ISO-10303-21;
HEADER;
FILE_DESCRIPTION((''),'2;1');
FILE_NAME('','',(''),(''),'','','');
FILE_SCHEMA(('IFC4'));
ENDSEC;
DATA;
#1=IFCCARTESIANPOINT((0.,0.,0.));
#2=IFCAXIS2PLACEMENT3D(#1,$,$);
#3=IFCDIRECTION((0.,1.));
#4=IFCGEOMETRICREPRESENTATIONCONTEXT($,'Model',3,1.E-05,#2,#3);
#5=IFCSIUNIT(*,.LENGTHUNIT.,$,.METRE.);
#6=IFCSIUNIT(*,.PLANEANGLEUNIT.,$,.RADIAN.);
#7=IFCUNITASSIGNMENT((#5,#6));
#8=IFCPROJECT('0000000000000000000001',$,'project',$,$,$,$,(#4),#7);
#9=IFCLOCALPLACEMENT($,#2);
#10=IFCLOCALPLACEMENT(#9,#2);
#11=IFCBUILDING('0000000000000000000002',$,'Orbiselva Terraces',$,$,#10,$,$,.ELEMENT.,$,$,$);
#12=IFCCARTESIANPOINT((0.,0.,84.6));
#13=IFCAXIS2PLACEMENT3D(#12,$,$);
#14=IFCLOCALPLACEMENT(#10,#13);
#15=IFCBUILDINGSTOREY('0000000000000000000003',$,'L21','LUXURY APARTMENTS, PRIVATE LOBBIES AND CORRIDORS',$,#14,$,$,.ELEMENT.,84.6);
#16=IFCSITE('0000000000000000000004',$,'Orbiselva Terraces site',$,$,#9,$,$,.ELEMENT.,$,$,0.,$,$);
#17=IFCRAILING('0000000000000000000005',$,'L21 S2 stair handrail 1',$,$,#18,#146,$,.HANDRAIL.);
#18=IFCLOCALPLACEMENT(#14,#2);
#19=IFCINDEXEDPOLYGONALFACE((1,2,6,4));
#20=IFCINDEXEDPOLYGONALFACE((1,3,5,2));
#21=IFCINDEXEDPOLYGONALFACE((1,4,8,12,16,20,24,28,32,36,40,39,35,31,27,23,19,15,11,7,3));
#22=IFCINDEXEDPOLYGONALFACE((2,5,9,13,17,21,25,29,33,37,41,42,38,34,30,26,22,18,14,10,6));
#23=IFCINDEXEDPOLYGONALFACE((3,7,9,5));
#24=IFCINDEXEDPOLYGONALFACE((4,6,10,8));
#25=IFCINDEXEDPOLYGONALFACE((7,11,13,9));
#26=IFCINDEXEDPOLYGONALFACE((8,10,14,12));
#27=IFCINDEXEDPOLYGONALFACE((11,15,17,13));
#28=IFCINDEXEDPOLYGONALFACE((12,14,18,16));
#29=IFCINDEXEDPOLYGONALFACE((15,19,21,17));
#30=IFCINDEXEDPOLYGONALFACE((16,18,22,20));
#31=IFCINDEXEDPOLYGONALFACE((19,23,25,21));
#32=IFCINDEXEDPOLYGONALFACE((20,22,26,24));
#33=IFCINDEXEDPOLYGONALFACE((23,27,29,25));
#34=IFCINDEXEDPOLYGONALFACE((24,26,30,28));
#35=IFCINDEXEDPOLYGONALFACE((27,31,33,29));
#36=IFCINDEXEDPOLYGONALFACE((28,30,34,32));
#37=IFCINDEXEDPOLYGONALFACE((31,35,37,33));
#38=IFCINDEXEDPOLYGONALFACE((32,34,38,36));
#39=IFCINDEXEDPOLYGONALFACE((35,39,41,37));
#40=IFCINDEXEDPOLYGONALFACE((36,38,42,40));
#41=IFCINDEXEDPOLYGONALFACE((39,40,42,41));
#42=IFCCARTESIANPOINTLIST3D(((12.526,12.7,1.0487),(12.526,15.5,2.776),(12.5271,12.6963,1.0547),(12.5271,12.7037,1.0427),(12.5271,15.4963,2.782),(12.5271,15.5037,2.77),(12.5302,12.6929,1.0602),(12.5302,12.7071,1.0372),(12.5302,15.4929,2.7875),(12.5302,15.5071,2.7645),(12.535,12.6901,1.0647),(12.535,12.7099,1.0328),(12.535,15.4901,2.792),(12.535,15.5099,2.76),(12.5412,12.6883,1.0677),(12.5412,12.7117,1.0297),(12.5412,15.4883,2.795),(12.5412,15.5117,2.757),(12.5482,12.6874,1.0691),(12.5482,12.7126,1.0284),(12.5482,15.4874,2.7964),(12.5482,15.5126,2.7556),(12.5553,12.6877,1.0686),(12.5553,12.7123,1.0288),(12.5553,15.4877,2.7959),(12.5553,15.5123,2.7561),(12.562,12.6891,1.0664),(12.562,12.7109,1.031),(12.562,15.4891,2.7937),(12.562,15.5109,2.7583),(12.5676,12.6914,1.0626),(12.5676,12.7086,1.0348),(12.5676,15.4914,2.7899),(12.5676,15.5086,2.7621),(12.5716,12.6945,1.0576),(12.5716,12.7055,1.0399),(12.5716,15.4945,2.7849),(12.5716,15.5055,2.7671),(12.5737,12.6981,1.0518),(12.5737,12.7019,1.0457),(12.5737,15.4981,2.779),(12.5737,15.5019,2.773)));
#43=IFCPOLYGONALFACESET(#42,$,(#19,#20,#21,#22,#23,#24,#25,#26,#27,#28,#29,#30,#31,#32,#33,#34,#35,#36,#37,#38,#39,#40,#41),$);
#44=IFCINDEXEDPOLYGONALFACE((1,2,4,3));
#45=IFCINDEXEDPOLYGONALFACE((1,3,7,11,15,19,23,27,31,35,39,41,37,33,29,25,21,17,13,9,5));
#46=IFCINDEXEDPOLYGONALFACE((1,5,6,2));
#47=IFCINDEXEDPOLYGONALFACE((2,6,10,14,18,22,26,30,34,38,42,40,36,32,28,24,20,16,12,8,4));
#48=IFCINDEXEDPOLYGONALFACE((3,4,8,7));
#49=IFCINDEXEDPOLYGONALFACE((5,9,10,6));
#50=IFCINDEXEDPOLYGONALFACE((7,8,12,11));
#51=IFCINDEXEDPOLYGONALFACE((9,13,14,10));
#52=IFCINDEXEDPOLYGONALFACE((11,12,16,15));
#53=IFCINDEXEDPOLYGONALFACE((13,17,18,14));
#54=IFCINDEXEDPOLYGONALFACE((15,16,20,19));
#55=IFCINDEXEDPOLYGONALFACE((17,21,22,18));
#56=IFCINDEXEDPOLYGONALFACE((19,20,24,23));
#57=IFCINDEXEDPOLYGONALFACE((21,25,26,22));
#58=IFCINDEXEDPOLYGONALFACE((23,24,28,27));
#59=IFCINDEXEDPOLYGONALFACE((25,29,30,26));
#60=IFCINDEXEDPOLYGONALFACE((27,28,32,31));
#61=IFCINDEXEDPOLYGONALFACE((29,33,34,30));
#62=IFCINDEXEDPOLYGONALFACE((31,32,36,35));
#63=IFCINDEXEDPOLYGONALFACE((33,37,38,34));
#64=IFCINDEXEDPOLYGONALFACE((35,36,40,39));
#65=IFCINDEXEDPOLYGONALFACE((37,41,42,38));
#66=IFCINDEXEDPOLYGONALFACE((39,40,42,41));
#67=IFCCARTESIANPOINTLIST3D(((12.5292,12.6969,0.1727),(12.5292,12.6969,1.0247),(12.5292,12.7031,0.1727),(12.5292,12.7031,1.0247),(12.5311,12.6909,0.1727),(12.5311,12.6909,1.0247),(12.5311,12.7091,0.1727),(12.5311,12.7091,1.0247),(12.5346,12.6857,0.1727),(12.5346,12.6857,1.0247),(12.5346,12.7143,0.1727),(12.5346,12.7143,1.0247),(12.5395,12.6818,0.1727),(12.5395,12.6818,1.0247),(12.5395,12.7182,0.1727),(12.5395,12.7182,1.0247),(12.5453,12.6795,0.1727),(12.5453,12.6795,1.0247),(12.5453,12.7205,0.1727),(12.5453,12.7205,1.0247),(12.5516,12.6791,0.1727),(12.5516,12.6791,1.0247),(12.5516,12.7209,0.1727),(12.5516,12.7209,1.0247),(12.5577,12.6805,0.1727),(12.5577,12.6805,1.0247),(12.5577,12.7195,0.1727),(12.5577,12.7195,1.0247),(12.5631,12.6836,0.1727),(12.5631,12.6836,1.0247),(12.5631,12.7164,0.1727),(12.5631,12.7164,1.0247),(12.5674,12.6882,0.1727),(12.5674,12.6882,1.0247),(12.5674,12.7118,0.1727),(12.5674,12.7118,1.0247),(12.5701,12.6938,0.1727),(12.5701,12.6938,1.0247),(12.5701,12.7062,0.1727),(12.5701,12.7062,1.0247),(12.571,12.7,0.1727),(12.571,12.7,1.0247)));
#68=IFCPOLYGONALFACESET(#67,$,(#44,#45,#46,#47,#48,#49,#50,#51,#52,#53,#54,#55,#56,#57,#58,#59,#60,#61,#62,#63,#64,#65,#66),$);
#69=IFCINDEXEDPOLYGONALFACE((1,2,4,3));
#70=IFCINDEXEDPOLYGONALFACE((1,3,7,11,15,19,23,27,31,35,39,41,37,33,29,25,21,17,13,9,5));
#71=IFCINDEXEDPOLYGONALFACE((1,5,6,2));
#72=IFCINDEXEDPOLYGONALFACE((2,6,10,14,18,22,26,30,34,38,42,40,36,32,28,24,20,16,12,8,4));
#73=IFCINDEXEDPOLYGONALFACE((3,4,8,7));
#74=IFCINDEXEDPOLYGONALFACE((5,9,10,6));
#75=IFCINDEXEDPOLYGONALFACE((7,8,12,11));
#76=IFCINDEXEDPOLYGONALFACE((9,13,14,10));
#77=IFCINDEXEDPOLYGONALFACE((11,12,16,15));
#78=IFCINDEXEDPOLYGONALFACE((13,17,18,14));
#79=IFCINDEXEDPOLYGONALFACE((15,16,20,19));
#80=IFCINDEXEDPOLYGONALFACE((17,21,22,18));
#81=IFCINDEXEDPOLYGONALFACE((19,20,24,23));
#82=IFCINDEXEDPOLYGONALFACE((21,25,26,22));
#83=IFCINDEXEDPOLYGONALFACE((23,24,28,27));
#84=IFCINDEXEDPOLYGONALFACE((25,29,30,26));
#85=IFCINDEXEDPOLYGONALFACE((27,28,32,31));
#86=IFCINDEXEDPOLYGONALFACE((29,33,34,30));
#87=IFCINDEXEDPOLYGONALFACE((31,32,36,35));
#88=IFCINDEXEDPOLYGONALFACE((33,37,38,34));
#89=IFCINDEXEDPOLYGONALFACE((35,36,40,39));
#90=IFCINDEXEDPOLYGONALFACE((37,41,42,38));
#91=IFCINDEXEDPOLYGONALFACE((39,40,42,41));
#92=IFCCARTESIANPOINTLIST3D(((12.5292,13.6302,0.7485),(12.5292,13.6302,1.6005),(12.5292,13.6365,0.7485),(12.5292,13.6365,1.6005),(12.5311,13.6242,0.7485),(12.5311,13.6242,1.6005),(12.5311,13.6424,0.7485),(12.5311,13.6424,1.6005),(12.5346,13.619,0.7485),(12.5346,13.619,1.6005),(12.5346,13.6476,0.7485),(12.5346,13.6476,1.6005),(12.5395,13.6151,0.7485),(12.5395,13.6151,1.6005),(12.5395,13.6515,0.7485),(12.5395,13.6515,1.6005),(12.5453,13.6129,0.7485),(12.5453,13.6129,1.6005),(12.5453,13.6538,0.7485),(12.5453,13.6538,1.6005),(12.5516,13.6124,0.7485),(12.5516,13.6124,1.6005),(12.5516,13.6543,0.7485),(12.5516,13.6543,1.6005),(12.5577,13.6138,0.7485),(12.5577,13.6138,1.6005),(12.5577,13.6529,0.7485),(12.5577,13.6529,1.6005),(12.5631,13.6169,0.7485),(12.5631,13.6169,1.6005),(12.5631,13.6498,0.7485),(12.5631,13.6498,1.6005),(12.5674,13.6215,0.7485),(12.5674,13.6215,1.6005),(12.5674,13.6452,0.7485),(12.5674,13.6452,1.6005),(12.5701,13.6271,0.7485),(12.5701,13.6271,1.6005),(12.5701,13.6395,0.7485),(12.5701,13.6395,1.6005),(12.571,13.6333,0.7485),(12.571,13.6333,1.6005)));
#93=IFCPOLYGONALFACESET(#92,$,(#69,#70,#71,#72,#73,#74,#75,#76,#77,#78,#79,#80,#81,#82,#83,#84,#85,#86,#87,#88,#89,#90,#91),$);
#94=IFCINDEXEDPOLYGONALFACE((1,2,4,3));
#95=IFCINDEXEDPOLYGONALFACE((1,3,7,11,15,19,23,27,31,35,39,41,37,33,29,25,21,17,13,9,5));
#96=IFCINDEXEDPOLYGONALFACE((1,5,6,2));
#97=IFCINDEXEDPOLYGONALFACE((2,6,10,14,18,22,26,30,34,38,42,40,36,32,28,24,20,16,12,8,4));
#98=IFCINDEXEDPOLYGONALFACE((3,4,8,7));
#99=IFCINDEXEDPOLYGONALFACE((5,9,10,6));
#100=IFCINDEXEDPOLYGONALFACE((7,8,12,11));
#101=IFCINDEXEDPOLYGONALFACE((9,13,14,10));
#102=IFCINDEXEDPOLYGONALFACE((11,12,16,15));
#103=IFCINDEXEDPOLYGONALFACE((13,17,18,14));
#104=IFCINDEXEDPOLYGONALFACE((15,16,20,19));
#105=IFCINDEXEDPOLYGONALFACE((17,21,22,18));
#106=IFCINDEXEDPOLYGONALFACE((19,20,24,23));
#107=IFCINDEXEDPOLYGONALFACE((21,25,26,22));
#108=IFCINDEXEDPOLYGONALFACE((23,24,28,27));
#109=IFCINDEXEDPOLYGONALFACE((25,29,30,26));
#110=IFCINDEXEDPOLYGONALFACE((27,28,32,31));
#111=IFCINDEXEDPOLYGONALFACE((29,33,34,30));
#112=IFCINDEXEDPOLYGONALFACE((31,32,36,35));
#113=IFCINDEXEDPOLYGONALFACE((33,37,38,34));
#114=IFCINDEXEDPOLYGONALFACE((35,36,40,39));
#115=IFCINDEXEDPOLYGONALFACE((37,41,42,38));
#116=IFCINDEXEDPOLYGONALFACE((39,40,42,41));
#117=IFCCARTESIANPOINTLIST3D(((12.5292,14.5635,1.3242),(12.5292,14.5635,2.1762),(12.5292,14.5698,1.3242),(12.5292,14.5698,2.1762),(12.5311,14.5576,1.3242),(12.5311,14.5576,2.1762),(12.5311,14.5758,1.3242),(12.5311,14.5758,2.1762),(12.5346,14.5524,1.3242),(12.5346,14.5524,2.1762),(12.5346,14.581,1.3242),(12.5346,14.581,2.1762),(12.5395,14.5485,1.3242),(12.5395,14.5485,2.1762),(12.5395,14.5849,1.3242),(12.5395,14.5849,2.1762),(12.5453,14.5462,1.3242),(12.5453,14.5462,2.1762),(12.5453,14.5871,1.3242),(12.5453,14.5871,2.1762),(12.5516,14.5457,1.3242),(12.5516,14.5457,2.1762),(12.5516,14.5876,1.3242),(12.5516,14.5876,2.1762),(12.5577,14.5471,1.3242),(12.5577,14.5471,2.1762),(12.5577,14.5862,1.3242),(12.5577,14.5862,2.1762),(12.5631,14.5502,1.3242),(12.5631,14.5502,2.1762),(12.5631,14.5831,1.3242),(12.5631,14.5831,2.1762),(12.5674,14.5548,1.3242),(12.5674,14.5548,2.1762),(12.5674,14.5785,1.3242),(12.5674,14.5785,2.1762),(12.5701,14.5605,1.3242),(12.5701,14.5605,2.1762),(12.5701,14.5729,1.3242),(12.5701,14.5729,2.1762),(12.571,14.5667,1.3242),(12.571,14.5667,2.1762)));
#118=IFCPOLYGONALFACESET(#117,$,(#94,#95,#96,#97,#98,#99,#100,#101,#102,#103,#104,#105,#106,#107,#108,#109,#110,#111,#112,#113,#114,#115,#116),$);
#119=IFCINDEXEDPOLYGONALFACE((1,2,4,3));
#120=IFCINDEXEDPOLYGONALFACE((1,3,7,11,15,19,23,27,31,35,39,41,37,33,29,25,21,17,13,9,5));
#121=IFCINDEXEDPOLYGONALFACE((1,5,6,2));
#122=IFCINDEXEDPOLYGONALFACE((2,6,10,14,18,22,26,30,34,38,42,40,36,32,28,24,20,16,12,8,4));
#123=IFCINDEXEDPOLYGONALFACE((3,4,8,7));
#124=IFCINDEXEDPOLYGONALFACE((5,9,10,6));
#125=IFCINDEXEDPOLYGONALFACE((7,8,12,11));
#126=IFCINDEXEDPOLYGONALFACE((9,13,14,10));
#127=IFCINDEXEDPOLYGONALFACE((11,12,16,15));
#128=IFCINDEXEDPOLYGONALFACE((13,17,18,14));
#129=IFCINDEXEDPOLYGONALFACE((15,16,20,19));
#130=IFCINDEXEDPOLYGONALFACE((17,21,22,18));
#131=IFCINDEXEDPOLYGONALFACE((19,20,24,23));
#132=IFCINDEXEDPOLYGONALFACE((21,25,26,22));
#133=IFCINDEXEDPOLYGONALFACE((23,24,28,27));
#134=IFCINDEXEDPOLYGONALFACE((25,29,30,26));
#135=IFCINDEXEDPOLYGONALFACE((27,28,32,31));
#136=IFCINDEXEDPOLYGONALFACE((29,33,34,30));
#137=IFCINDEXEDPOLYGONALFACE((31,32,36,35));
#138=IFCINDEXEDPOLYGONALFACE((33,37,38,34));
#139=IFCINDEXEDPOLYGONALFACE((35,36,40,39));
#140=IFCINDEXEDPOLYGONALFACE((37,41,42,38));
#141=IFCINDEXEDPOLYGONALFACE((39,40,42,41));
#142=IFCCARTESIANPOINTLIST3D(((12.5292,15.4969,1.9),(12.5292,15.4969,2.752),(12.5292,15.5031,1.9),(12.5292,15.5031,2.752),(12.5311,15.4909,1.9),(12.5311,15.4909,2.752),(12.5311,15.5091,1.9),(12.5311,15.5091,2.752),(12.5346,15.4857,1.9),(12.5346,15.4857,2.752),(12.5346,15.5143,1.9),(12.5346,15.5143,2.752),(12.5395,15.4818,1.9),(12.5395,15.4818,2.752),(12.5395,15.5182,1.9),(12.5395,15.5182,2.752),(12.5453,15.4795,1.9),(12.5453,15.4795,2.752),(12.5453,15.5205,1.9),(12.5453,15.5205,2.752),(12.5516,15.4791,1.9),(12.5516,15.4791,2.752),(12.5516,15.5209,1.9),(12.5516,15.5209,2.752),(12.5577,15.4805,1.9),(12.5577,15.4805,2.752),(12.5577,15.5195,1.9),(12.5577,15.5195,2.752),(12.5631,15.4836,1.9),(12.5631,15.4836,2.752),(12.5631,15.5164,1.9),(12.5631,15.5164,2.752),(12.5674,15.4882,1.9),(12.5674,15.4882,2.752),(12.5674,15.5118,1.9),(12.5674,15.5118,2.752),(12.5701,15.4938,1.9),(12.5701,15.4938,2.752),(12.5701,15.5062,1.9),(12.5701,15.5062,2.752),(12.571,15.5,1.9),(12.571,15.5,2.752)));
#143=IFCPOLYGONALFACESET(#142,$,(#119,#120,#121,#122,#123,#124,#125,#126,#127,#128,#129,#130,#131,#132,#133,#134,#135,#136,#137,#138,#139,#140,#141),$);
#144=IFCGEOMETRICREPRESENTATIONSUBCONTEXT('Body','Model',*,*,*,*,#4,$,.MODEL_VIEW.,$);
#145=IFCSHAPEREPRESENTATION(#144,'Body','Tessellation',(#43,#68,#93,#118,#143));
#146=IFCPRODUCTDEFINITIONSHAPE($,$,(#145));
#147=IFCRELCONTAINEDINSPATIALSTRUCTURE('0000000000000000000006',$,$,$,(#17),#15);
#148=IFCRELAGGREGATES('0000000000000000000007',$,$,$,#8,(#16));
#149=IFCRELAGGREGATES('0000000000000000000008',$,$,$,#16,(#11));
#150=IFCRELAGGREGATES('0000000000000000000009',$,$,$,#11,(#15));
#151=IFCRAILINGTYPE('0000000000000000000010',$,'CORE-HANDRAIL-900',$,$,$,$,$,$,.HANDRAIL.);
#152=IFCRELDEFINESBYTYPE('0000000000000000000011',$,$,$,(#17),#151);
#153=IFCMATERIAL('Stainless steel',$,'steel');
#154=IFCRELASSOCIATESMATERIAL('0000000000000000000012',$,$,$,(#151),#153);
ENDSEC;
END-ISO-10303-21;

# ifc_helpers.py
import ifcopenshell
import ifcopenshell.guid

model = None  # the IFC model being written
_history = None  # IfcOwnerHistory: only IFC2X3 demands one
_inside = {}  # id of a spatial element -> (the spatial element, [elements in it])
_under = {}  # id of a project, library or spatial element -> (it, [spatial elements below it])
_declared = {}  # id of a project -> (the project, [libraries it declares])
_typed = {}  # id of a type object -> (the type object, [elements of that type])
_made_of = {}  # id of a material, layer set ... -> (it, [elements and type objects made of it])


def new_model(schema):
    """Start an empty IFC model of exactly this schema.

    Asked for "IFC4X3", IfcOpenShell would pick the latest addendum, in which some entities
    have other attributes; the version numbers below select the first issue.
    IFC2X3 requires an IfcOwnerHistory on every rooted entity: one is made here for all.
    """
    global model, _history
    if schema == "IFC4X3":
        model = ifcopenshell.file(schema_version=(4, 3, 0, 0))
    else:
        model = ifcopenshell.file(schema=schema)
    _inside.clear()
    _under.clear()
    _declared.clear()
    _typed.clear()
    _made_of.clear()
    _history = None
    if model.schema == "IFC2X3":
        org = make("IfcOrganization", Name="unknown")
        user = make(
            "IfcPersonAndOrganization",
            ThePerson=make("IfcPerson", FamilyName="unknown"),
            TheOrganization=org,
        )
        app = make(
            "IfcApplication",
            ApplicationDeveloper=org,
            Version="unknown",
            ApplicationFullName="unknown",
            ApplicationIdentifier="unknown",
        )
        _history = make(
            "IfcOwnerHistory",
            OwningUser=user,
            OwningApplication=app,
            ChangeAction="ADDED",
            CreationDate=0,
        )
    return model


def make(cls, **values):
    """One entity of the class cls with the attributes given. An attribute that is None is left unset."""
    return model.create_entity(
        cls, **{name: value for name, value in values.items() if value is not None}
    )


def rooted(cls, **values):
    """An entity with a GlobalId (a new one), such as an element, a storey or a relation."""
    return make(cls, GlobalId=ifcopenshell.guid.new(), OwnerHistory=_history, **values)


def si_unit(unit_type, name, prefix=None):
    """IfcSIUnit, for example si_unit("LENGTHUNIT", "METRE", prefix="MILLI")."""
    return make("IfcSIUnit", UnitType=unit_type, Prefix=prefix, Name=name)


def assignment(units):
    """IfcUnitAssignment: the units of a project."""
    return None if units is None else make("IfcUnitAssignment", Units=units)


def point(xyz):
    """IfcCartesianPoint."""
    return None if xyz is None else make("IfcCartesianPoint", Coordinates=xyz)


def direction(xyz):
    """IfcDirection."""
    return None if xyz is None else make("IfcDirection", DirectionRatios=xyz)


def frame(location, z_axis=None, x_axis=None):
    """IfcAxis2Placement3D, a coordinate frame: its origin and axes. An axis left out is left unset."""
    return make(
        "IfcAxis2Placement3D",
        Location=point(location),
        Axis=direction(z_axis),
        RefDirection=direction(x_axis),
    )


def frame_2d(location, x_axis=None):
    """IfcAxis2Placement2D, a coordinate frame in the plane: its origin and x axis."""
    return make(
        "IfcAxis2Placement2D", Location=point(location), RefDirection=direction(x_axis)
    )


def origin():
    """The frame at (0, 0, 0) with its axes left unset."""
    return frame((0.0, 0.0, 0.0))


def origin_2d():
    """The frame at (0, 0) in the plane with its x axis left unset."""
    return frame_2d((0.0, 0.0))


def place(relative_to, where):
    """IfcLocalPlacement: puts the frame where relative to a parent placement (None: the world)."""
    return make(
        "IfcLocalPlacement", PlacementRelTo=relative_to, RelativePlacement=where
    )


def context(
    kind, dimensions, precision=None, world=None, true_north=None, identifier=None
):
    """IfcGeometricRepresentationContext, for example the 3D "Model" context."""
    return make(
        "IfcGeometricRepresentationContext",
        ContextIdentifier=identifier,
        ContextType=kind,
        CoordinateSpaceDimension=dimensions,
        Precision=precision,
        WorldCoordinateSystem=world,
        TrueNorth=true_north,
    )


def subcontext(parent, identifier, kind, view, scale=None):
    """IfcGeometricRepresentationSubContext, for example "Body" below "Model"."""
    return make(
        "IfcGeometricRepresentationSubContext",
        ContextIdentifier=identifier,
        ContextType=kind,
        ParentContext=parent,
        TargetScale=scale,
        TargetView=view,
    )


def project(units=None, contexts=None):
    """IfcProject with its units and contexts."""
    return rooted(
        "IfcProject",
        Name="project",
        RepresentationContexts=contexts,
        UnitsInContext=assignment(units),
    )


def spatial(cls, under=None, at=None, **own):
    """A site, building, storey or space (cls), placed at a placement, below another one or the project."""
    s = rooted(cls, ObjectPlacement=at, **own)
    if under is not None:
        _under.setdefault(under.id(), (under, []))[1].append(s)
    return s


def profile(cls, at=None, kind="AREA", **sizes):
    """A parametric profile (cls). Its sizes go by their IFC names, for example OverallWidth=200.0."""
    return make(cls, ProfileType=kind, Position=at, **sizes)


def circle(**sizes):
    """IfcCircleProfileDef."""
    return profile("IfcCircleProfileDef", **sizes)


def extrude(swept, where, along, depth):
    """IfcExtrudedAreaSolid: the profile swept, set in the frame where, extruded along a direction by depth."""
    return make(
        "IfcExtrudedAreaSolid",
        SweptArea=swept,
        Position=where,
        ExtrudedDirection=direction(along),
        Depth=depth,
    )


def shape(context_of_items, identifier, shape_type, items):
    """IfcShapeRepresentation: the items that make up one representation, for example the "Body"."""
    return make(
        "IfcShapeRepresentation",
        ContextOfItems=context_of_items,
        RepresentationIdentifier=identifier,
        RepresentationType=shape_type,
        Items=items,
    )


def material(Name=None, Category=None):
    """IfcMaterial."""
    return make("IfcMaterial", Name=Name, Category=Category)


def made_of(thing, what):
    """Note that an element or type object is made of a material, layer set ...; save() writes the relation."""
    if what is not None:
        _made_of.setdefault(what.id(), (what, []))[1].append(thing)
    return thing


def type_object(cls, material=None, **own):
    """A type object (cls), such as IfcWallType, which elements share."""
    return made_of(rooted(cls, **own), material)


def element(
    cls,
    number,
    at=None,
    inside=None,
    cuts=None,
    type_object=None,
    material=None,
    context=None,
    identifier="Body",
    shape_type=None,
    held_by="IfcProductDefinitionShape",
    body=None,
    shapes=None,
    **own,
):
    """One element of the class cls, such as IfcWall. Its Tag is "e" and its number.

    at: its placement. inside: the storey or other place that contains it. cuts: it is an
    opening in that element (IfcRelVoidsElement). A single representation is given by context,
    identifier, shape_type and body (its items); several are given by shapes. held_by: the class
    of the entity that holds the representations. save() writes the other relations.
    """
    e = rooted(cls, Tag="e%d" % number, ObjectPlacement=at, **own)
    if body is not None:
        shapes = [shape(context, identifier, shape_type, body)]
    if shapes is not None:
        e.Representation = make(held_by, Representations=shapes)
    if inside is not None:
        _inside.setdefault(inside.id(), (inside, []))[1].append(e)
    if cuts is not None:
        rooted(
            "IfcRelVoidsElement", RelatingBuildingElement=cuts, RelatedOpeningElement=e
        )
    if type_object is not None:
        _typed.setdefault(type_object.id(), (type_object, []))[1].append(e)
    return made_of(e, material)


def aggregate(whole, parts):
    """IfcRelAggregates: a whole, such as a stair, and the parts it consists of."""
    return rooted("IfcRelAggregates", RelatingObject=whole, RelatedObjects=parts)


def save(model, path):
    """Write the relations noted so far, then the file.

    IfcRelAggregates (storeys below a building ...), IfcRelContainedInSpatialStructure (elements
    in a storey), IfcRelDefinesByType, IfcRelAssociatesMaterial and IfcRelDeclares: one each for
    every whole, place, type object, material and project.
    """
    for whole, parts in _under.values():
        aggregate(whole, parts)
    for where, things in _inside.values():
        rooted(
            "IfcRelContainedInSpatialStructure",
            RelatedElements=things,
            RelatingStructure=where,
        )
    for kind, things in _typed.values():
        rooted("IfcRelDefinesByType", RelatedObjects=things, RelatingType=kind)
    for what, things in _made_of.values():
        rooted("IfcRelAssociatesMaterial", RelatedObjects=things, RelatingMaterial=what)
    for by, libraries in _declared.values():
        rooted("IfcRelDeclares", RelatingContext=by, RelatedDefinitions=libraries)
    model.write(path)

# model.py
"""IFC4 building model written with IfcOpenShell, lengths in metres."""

from ifc_helpers import new_model, si_unit, direction, frame, origin, origin_2d, place, context, subcontext, project, spatial, circle, extrude, material, type_object, element, save


model = new_model("IFC4")

# Units and contexts
model_context = context("Model", 3, precision=1e-05, world=origin(), true_north=direction((0.0, 1.0)))
body_context = subcontext(model_context, "Body", "Model", "MODEL_VIEW")
ifc_project = project(units=[si_unit("LENGTHUNIT", "METRE"), si_unit("PLANEANGLEUNIT", "RADIAN")], contexts=[model_context])

# Site, building, storey
site_placement = place(None, origin())
site = spatial("IfcSite", under=ifc_project, at=site_placement, Name="Orbiselva Terraces site", CompositionType="ELEMENT", RefElevation=0.0)
building_placement = place(site_placement, origin())
building = spatial("IfcBuilding", under=site, at=building_placement, Name="Orbiselva Terraces", CompositionType="ELEMENT")
storey_placement = place(building_placement, frame((0.0, 0.0, 84.6)))
storey = spatial("IfcBuildingStorey", under=building, at=storey_placement, Name="L21", Description="LUXURY APARTMENTS, PRIVATE LOBBIES AND CORRIDORS", CompositionType="ELEMENT", Elevation=84.6)

# Railing
ifc_material_1 = material(Name="Stainless steel", Category="steel")
railing_type_1 = type_object("IfcRailingType", Name="CORE-HANDRAIL-900", PredefinedType="HANDRAIL", material=ifc_material_1)
railing_1_placement = place(storey_placement, frame((12.55, 12.7, 0.1727)))
element("IfcRailing", 1, at=railing_1_placement, inside=storey, type_object=railing_type_1, Name="L21 S2 stair handrail 1", PredefinedType="HANDRAIL", context=body_context, shape_type="SweptSolid", body=[
    extrude(circle(Radius=0.024, at=origin_2d()), frame((0.0, 0.0, 0.876), z_axis=(0.0, 0.851089, 0.525022), x_axis=(-1.0, 0.0, 0.0)), (0.0, 0.0, 1.0), 3.2899),
    extrude(circle(Radius=0.021, at=origin_2d()), origin(), (0.0, 0.0, 1.0), 0.852),
    extrude(circle(Radius=0.021, at=origin_2d()), frame((0.0, 0.9333, 0.5758)), (0.0, 0.0, 1.0), 0.852),
    extrude(circle(Radius=0.021, at=origin_2d()), frame((0.0, 1.8667, 1.1515)), (0.0, 0.0, 1.0), 0.852),
    extrude(circle(Radius=0.021, at=origin_2d()), frame((0.0, 2.8, 1.7273)), (0.0, 0.0, 1.0), 0.852),
])

save(model, "model.ifc")
